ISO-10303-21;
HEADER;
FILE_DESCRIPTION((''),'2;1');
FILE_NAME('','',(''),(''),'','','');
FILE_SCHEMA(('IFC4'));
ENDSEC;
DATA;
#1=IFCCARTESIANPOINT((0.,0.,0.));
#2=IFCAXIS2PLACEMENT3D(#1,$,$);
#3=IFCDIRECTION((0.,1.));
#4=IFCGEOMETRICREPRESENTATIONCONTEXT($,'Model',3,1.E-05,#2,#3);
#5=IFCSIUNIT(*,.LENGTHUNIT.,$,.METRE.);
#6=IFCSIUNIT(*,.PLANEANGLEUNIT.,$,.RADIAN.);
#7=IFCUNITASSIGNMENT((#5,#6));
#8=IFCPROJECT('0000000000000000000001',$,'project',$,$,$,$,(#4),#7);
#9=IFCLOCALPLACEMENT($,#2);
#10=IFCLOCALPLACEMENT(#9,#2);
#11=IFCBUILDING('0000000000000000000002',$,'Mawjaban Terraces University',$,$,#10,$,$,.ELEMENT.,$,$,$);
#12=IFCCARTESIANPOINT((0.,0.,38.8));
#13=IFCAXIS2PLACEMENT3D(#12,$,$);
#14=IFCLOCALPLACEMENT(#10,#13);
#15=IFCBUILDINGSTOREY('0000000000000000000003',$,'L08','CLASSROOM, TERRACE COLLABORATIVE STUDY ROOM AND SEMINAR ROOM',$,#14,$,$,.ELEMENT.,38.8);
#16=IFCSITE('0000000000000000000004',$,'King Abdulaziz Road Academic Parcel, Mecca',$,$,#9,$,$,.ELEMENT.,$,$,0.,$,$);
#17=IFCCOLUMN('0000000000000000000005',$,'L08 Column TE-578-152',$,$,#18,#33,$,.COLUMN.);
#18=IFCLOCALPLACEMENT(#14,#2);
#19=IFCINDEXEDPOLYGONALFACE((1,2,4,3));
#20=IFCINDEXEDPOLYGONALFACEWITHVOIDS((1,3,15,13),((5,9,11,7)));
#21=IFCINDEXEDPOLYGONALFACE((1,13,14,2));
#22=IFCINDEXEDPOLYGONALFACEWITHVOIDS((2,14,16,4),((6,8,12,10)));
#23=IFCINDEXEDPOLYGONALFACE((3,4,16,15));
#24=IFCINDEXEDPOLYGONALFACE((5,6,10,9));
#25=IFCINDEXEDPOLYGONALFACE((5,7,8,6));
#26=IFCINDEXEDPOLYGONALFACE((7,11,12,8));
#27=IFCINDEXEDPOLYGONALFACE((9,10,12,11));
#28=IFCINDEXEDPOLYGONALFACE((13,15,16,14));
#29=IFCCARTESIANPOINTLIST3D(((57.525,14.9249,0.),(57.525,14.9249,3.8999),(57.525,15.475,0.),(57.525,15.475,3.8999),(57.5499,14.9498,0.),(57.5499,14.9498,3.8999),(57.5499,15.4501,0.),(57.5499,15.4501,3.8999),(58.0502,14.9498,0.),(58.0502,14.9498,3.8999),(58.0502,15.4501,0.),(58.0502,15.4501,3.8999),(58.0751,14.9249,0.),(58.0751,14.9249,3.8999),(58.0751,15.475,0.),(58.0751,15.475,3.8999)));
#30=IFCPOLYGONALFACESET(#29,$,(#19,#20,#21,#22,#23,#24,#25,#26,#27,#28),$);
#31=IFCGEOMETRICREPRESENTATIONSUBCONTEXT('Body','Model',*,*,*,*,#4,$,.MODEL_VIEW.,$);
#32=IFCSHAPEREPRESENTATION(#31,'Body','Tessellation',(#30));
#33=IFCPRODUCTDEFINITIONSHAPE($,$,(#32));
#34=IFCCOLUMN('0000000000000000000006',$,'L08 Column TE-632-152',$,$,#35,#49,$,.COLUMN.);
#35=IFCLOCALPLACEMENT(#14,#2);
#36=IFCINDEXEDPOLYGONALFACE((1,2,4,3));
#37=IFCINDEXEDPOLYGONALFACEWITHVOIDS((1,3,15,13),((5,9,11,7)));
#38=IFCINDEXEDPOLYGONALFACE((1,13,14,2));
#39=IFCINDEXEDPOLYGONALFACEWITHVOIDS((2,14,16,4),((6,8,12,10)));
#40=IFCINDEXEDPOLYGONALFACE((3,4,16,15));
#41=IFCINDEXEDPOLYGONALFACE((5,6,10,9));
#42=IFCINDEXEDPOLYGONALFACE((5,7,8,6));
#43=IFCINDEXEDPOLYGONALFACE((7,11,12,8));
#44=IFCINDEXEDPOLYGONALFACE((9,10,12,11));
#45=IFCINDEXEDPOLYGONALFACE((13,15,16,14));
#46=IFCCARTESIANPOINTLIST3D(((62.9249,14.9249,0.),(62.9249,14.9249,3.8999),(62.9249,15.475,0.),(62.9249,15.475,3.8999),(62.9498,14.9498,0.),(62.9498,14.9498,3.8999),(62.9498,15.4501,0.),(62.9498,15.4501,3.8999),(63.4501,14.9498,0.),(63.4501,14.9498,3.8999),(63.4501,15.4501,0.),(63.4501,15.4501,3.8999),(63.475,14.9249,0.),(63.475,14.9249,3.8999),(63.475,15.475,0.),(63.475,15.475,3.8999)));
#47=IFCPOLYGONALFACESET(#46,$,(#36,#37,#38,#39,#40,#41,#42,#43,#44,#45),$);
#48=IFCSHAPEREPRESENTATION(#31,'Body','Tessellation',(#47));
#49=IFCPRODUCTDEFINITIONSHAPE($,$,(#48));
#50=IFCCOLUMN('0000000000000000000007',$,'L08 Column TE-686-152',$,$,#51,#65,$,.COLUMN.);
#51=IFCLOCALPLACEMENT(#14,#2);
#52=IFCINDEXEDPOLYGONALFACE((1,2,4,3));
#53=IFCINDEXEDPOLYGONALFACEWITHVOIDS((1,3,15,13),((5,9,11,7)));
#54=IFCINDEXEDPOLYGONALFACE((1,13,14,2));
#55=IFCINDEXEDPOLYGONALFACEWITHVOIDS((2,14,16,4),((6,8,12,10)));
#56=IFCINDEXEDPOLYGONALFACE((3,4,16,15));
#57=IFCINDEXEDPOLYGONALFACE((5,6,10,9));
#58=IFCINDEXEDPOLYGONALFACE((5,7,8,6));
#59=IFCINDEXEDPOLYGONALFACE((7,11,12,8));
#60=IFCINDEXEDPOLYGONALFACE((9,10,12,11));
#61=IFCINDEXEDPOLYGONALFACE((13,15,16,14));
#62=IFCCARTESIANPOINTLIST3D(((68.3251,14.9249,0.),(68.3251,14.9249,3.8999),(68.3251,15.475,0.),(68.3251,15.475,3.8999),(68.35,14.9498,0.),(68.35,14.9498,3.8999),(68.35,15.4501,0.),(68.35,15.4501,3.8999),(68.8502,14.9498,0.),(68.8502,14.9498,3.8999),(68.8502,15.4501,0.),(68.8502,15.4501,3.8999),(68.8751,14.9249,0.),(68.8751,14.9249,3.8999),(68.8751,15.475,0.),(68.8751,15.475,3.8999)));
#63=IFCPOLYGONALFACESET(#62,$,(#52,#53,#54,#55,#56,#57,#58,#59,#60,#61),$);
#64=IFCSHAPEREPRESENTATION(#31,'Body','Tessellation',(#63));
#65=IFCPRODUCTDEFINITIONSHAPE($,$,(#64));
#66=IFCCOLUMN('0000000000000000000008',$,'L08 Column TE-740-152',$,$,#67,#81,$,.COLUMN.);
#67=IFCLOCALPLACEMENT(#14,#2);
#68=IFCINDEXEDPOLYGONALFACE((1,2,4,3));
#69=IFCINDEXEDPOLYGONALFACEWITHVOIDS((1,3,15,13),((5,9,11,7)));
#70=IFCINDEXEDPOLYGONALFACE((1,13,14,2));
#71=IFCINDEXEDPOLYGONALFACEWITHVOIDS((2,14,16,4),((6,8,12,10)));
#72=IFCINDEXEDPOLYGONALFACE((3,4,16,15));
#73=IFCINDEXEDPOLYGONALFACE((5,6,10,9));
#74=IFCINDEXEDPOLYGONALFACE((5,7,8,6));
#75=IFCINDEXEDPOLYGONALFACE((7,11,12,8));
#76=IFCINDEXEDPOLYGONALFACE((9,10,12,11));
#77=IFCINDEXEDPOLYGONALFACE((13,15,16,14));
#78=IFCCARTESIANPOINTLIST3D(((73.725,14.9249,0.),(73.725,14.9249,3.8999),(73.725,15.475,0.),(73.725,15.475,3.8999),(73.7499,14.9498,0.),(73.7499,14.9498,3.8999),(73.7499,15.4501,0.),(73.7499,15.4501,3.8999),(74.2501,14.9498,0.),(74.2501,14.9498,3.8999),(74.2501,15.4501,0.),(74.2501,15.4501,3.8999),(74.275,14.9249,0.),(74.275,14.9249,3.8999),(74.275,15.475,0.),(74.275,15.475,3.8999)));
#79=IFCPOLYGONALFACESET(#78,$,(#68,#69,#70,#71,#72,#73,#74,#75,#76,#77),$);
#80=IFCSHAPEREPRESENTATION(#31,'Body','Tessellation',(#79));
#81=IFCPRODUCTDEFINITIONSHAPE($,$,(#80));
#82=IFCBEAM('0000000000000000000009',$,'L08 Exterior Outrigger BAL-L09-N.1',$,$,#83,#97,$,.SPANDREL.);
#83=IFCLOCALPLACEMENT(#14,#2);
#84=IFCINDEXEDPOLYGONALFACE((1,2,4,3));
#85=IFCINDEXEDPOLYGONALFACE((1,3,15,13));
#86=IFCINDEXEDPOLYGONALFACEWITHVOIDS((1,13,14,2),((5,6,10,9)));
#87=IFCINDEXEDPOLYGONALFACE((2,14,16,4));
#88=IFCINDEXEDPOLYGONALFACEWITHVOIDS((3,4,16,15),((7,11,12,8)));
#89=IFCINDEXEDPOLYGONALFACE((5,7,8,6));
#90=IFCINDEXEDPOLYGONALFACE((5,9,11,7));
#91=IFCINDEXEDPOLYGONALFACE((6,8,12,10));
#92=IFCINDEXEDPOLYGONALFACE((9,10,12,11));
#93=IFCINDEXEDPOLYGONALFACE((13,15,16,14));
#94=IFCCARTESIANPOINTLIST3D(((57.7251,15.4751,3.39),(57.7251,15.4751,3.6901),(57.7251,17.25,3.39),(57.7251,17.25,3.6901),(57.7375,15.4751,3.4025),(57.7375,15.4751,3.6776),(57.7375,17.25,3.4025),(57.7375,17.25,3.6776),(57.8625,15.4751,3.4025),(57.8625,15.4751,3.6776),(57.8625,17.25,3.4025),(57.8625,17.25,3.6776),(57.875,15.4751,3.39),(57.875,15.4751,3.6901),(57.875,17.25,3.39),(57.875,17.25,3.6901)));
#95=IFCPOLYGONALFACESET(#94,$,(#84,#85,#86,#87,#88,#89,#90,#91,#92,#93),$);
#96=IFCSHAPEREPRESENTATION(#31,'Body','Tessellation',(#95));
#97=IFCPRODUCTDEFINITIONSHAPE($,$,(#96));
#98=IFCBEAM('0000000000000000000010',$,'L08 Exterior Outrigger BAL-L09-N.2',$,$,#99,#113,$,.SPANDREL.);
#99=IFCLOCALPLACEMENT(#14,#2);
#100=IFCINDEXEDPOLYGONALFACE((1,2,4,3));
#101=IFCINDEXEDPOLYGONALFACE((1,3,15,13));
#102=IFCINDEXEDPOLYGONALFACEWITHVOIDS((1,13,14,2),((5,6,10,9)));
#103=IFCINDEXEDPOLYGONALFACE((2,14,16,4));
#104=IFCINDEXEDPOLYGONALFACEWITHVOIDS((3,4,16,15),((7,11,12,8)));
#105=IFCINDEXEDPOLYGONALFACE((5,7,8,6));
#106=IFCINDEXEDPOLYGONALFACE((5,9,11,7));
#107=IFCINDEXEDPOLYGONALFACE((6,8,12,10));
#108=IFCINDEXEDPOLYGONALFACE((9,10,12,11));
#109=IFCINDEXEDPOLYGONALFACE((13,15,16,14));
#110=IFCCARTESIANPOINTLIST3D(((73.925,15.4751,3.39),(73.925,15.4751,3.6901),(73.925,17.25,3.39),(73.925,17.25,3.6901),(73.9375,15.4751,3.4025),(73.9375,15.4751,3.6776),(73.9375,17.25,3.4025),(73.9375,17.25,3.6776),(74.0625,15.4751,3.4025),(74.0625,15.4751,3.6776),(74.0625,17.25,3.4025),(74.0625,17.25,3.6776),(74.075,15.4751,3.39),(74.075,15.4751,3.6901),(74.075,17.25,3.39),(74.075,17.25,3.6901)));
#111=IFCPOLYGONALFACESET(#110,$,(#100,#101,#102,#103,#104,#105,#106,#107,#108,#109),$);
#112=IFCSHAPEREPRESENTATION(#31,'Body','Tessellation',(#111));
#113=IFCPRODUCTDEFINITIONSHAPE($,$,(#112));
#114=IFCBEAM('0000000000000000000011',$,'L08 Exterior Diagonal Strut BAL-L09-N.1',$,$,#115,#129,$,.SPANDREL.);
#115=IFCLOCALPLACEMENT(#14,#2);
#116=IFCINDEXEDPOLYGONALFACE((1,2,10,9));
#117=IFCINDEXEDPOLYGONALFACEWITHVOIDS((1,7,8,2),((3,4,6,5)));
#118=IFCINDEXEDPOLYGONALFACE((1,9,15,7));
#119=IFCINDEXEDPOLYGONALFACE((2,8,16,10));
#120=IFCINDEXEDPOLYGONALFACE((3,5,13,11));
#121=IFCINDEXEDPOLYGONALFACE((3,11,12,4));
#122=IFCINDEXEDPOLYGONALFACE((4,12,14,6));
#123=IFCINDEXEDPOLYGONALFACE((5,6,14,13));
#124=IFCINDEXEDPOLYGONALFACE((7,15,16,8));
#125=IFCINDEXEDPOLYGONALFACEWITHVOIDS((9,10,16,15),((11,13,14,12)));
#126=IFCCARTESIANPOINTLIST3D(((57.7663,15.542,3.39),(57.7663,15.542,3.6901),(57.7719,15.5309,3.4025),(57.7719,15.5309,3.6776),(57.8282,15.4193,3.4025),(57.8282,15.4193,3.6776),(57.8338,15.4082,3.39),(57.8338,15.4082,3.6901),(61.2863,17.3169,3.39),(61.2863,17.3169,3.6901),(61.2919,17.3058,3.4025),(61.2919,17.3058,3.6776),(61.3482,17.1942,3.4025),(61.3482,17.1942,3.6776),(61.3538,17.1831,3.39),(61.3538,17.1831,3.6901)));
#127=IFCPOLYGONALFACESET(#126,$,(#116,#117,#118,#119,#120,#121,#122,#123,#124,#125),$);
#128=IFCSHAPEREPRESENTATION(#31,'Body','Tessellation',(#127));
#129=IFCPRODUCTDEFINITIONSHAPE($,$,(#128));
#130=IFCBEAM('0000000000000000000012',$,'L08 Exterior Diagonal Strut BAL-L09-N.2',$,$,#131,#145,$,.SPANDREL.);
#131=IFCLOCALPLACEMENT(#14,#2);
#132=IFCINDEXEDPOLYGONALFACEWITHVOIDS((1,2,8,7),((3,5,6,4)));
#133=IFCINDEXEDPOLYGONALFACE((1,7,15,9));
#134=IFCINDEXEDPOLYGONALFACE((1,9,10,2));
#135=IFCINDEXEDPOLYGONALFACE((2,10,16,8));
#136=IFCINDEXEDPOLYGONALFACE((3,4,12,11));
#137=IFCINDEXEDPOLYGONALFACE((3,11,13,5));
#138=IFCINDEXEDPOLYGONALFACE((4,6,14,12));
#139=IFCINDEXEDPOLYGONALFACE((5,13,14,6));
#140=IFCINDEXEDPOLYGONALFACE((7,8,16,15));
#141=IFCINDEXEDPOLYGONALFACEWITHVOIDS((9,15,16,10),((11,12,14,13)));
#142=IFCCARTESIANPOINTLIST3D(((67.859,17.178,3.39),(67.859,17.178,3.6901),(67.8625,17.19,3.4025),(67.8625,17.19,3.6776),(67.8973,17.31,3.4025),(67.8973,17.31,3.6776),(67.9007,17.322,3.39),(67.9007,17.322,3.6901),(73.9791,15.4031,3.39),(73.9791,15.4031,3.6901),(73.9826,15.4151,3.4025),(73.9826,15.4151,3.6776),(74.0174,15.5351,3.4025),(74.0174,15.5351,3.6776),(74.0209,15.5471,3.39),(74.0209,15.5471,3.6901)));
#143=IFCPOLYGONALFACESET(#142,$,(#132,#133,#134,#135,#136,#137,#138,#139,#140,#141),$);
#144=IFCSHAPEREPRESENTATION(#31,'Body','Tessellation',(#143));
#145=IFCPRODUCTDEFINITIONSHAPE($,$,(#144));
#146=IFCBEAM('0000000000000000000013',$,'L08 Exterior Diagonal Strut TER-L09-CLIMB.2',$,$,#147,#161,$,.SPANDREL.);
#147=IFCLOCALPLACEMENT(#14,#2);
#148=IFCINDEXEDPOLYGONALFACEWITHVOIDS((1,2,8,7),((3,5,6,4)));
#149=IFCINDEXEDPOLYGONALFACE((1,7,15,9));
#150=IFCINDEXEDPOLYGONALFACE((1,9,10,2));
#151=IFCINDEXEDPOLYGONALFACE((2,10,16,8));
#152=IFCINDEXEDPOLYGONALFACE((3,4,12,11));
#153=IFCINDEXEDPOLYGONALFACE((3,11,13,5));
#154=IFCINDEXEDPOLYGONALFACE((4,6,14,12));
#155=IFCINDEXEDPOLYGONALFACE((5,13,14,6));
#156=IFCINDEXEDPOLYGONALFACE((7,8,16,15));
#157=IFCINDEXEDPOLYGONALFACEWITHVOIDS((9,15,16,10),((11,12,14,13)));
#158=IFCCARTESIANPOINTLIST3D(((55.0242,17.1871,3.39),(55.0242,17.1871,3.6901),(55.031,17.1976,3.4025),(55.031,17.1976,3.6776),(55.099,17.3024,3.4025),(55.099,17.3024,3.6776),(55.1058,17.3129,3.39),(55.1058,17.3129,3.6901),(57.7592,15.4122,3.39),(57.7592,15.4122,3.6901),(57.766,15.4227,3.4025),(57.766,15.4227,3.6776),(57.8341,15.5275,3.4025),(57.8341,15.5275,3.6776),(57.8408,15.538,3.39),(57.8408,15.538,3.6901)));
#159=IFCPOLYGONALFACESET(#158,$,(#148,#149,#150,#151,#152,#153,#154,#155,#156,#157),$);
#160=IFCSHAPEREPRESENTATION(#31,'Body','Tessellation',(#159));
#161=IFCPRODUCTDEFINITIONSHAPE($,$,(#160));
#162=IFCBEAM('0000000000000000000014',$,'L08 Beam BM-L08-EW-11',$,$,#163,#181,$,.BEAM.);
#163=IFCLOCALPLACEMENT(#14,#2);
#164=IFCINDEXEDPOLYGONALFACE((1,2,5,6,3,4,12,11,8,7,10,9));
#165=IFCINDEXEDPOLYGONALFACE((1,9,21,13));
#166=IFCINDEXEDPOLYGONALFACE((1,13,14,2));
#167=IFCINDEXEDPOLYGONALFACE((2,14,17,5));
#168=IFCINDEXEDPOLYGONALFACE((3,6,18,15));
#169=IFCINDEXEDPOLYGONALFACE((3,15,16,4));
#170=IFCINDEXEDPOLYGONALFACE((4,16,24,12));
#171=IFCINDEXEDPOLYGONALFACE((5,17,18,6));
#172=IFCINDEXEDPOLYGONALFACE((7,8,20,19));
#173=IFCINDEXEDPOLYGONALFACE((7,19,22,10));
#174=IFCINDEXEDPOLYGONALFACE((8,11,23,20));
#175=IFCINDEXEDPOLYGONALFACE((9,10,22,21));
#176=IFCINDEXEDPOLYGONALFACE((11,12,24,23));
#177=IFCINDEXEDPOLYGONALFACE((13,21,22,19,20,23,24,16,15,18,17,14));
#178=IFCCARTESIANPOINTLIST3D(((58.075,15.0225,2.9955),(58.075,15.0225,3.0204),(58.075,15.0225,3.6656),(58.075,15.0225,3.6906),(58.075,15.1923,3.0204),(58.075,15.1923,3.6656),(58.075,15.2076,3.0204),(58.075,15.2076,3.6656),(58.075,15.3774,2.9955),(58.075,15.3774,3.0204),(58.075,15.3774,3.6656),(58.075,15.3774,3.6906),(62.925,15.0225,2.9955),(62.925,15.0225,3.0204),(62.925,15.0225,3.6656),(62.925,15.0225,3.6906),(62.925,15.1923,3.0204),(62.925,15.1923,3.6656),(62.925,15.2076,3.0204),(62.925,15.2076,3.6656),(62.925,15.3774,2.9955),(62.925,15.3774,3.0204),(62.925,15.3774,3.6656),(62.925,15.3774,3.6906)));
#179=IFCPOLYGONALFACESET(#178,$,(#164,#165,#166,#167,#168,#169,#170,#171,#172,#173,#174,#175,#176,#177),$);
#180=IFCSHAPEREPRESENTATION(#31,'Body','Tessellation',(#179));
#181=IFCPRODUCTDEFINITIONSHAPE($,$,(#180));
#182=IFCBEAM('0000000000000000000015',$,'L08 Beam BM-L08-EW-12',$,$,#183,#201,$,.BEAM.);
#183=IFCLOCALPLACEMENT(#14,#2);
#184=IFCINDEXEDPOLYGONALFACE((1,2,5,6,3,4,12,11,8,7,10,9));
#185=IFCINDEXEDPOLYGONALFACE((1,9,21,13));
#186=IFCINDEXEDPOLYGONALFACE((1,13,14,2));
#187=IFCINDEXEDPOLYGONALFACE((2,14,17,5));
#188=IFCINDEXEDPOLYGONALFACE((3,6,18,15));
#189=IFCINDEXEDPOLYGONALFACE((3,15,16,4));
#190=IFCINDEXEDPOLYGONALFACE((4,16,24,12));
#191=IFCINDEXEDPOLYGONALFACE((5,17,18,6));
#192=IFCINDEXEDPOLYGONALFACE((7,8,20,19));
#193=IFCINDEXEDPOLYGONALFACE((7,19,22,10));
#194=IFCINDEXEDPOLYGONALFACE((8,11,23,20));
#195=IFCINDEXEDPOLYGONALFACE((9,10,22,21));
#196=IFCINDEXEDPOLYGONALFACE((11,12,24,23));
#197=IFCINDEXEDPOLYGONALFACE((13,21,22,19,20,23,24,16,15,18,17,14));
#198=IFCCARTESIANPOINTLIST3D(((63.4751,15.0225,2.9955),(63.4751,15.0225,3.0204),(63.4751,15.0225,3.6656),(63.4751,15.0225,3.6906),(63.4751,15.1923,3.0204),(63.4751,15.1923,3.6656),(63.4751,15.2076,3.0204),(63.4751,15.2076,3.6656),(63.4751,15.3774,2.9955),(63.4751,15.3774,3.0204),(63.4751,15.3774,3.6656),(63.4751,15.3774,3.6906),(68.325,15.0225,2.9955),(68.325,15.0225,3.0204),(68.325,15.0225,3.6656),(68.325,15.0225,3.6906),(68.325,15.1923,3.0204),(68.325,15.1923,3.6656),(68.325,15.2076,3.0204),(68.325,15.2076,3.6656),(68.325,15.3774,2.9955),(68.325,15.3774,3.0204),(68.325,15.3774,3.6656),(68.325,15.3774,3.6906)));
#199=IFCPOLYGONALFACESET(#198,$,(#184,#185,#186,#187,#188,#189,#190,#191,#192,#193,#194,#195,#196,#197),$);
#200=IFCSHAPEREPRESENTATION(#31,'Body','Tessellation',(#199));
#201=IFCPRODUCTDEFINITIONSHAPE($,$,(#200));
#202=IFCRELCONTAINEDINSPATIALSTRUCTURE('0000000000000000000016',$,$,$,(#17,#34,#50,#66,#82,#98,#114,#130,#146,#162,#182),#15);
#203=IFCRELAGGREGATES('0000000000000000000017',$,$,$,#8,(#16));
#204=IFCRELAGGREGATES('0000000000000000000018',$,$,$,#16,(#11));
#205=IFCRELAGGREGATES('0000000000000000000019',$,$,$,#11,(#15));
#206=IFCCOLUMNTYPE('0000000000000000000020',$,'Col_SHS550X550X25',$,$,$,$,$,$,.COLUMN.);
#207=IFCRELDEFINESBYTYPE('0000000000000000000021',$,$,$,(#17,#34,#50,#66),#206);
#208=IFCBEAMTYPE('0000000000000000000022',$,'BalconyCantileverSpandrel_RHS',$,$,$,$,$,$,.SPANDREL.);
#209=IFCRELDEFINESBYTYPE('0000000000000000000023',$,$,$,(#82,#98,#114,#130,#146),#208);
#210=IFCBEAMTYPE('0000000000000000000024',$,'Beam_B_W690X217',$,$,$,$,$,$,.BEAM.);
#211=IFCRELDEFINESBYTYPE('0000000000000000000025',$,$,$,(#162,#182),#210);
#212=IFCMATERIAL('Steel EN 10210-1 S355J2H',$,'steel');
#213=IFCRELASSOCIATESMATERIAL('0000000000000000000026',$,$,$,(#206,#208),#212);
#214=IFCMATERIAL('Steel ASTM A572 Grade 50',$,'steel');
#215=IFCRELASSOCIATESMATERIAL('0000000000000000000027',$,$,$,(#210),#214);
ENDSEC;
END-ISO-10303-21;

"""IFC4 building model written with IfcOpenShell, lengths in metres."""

from ifc_helpers import new_model, si_unit, direction, frame, origin, origin_2d, place, context, subcontext, project, spatial, hollow_rectangle, i_section, extrude, material, material_profile, profile_set, type_object, element, save


model = new_model("IFC4")

# Units and contexts
model_context = context("Model", 3, precision=1e-05, world=origin(), true_north=direction((0.0, 1.0)))
body_context = subcontext(model_context, "Body", "Model", "MODEL_VIEW")
ifc_project = project(units=[si_unit("LENGTHUNIT", "METRE"), si_unit("PLANEANGLEUNIT", "RADIAN")], contexts=[model_context])

# Site, building, storey
site_placement = place(None, origin())
site = spatial("IfcSite", under=ifc_project, at=site_placement, Name="King Abdulaziz Road Academic Parcel, Mecca", CompositionType="ELEMENT", RefElevation=0.0)
building_placement = place(site_placement, origin())
building = spatial("IfcBuilding", under=site, at=building_placement, Name="Mawjaban Terraces University", CompositionType="ELEMENT")
storey_placement = place(building_placement, frame((0.0, 0.0, 38.8)))
storey = spatial("IfcBuildingStorey", under=building, at=storey_placement, Name="L08", Description="CLASSROOM, TERRACE COLLABORATIVE STUDY ROOM AND SEMINAR ROOM", CompositionType="ELEMENT", Elevation=38.8)

# Columns
ifc_material_1 = material(Name="Steel EN 10210-1 S355J2H", Category="steel")
ifc_material_profile_1 = material_profile(ifc_material_1, hollow_rectangle(XDim=0.55, YDim=0.55, WallThickness=0.0249, at=origin_2d()), Name="SHS550X550X25")
ifc_profile_set_1 = profile_set([ifc_material_profile_1], Name="Steel EN 10210-1 S355J2H")
column_type = type_object("IfcColumnType", Name="Col_SHS550X550X25", PredefinedType="COLUMN", material=ifc_profile_set_1)
for number, where, z_axis, x_axis, name in (
    (1, (57.8, 15.2, 0.0), (0.0, 0.0, 1.0), (1.0, 0.0, 0.0), "L08 Column TE-578-152"),
    (2, (63.2, 15.2, 0.0), (0.0, 0.0, 1.0), (1.0, 0.0, 0.0), "L08 Column TE-632-152"),
    (3, (68.6001, 15.2, 0.0), (0.0, 0.0, 1.0), (1.0, 0.0, 0.0), "L08 Column TE-686-152"),
    (4, (74.0, 15.2, 0.0), (0.0, 0.0, 1.0), (1.0, 0.0, 0.0), "L08 Column TE-740-152"),
):
    element("IfcColumn", number, at=place(storey_placement, frame(where, z_axis=z_axis, x_axis=x_axis)), inside=storey, type_object=column_type, Name=name, PredefinedType="COLUMN", context=body_context, shape_type="SweptSolid", body=[
        extrude(hollow_rectangle(XDim=0.55, YDim=0.55, WallThickness=0.0249, at=origin_2d()), origin(), (0.0, 0.0, 1.0), 3.8999),
    ])

# Beams
ifc_material_profile_2 = material_profile(ifc_material_1, hollow_rectangle(XDim=0.1499, YDim=0.3, WallThickness=0.0125, at=origin_2d()), Name="RHS300X150X12.5")
ifc_profile_set_2 = profile_set([ifc_material_profile_2], Name="Steel EN 10210-1 S355J2H")
beam_type_1 = type_object("IfcBeamType", Name="BalconyCantileverSpandrel_RHS", PredefinedType="SPANDREL", material=ifc_profile_set_2)
for number, where, z_axis, x_axis, name in (
    (5, (57.8, 15.4751, 3.54), (0.0, 1.0, 0.0), (-1.0, 0.0, 0.0), "L08 Exterior Outrigger BAL-L09-N.1"),
    (6, (74.0, 15.4751, 3.54), (0.0, 1.0, 0.0), (-1.0, 0.0, 0.0), "L08 Exterior Outrigger BAL-L09-N.2"),
):
    element("IfcBeam", number, at=place(storey_placement, frame(where, z_axis=z_axis, x_axis=x_axis)), inside=storey, type_object=beam_type_1, Name=name, PredefinedType="SPANDREL", context=body_context, shape_type="SweptSolid", body=[
        extrude(hollow_rectangle(XDim=0.1499, YDim=0.3, WallThickness=0.0125, at=origin_2d()), origin(), (0.0, 0.0, 1.0), 1.7749),
    ])
beam_1_placement = place(storey_placement, frame((57.8, 15.4751, 3.54), z_axis=(0.892911, 0.450233, 0.0), x_axis=(-0.450233, 0.892911, 0.0)))
element("IfcBeam", 7, at=beam_1_placement, inside=storey, type_object=beam_type_1, Name="L08 Exterior Diagonal Strut BAL-L09-N.1", PredefinedType="SPANDREL", context=body_context, shape_type="SweptSolid", body=[
    extrude(hollow_rectangle(XDim=0.1499, YDim=0.3, WallThickness=0.0125, at=origin_2d()), origin(), (0.0, 0.0, 1.0), 3.9421),
])
beam_2_placement = place(storey_placement, frame((74.0, 15.4751, 3.54), z_axis=(-0.960426, 0.278534, 0.0), x_axis=(-0.278534, -0.960426, 0.0)))
element("IfcBeam", 8, at=beam_2_placement, inside=storey, type_object=beam_type_1, Name="L08 Exterior Diagonal Strut BAL-L09-N.2", PredefinedType="SPANDREL", context=body_context, shape_type="SweptSolid", body=[
    extrude(hollow_rectangle(XDim=0.1499, YDim=0.3, WallThickness=0.0125, at=origin_2d()), origin(), (0.0, 0.0, 1.0), 6.3723),
])
beam_3_placement = place(storey_placement, frame((57.8, 15.4751, 3.54), z_axis=(-0.838852, 0.544359, 0.0), x_axis=(-0.544359, -0.838852, 0.0)))
element("IfcBeam", 9, at=beam_3_placement, inside=storey, type_object=beam_type_1, Name="L08 Exterior Diagonal Strut TER-L09-CLIMB.2", PredefinedType="SPANDREL", context=body_context, shape_type="SweptSolid", body=[
    extrude(hollow_rectangle(XDim=0.1499, YDim=0.3, WallThickness=0.0125, at=origin_2d()), origin(), (0.0, 0.0, 1.0), 3.2605),
])
ifc_material_2 = material(Name="Steel ASTM A572 Grade 50", Category="steel")
ifc_material_profile_3 = material_profile(ifc_material_2, i_section(OverallWidth=0.355, OverallDepth=0.6951, WebThickness=0.0154, FlangeThickness=0.0249, at=origin_2d()), Name="W690X217")
ifc_profile_set_3 = profile_set([ifc_material_profile_3], Name="Steel ASTM A572 Grade 50")
beam_type_2 = type_object("IfcBeamType", Name="Beam_B_W690X217", PredefinedType="BEAM", material=ifc_profile_set_3)
beam_4_placement = place(storey_placement, frame((58.075, 15.2, 3.343), z_axis=(1.0, 0.0, 0.0), x_axis=(0.0, 1.0, 0.0)))
element("IfcBeam", 10, at=beam_4_placement, inside=storey, type_object=beam_type_2, Name="L08 Beam BM-L08-EW-11", PredefinedType="BEAM", context=body_context, shape_type="SweptSolid", body=[
    extrude(i_section(OverallWidth=0.355, OverallDepth=0.6951, WebThickness=0.0154, FlangeThickness=0.0249, at=origin_2d()), origin(), (0.0, 0.0, 1.0), 4.8501),
])
beam_5_placement = place(storey_placement, frame((63.4751, 15.2, 3.343), z_axis=(1.0, 0.0, 0.0), x_axis=(0.0, 1.0, 0.0)))
element("IfcBeam", 11, at=beam_5_placement, inside=storey, type_object=beam_type_2, Name="L08 Beam BM-L08-EW-12", PredefinedType="BEAM", context=body_context, shape_type="SweptSolid", body=[
    extrude(i_section(OverallWidth=0.355, OverallDepth=0.6951, WebThickness=0.0154, FlangeThickness=0.0249, at=origin_2d()), origin(), (0.0, 0.0, 1.0), 4.8499),
])

save(model, "model.ifc")
